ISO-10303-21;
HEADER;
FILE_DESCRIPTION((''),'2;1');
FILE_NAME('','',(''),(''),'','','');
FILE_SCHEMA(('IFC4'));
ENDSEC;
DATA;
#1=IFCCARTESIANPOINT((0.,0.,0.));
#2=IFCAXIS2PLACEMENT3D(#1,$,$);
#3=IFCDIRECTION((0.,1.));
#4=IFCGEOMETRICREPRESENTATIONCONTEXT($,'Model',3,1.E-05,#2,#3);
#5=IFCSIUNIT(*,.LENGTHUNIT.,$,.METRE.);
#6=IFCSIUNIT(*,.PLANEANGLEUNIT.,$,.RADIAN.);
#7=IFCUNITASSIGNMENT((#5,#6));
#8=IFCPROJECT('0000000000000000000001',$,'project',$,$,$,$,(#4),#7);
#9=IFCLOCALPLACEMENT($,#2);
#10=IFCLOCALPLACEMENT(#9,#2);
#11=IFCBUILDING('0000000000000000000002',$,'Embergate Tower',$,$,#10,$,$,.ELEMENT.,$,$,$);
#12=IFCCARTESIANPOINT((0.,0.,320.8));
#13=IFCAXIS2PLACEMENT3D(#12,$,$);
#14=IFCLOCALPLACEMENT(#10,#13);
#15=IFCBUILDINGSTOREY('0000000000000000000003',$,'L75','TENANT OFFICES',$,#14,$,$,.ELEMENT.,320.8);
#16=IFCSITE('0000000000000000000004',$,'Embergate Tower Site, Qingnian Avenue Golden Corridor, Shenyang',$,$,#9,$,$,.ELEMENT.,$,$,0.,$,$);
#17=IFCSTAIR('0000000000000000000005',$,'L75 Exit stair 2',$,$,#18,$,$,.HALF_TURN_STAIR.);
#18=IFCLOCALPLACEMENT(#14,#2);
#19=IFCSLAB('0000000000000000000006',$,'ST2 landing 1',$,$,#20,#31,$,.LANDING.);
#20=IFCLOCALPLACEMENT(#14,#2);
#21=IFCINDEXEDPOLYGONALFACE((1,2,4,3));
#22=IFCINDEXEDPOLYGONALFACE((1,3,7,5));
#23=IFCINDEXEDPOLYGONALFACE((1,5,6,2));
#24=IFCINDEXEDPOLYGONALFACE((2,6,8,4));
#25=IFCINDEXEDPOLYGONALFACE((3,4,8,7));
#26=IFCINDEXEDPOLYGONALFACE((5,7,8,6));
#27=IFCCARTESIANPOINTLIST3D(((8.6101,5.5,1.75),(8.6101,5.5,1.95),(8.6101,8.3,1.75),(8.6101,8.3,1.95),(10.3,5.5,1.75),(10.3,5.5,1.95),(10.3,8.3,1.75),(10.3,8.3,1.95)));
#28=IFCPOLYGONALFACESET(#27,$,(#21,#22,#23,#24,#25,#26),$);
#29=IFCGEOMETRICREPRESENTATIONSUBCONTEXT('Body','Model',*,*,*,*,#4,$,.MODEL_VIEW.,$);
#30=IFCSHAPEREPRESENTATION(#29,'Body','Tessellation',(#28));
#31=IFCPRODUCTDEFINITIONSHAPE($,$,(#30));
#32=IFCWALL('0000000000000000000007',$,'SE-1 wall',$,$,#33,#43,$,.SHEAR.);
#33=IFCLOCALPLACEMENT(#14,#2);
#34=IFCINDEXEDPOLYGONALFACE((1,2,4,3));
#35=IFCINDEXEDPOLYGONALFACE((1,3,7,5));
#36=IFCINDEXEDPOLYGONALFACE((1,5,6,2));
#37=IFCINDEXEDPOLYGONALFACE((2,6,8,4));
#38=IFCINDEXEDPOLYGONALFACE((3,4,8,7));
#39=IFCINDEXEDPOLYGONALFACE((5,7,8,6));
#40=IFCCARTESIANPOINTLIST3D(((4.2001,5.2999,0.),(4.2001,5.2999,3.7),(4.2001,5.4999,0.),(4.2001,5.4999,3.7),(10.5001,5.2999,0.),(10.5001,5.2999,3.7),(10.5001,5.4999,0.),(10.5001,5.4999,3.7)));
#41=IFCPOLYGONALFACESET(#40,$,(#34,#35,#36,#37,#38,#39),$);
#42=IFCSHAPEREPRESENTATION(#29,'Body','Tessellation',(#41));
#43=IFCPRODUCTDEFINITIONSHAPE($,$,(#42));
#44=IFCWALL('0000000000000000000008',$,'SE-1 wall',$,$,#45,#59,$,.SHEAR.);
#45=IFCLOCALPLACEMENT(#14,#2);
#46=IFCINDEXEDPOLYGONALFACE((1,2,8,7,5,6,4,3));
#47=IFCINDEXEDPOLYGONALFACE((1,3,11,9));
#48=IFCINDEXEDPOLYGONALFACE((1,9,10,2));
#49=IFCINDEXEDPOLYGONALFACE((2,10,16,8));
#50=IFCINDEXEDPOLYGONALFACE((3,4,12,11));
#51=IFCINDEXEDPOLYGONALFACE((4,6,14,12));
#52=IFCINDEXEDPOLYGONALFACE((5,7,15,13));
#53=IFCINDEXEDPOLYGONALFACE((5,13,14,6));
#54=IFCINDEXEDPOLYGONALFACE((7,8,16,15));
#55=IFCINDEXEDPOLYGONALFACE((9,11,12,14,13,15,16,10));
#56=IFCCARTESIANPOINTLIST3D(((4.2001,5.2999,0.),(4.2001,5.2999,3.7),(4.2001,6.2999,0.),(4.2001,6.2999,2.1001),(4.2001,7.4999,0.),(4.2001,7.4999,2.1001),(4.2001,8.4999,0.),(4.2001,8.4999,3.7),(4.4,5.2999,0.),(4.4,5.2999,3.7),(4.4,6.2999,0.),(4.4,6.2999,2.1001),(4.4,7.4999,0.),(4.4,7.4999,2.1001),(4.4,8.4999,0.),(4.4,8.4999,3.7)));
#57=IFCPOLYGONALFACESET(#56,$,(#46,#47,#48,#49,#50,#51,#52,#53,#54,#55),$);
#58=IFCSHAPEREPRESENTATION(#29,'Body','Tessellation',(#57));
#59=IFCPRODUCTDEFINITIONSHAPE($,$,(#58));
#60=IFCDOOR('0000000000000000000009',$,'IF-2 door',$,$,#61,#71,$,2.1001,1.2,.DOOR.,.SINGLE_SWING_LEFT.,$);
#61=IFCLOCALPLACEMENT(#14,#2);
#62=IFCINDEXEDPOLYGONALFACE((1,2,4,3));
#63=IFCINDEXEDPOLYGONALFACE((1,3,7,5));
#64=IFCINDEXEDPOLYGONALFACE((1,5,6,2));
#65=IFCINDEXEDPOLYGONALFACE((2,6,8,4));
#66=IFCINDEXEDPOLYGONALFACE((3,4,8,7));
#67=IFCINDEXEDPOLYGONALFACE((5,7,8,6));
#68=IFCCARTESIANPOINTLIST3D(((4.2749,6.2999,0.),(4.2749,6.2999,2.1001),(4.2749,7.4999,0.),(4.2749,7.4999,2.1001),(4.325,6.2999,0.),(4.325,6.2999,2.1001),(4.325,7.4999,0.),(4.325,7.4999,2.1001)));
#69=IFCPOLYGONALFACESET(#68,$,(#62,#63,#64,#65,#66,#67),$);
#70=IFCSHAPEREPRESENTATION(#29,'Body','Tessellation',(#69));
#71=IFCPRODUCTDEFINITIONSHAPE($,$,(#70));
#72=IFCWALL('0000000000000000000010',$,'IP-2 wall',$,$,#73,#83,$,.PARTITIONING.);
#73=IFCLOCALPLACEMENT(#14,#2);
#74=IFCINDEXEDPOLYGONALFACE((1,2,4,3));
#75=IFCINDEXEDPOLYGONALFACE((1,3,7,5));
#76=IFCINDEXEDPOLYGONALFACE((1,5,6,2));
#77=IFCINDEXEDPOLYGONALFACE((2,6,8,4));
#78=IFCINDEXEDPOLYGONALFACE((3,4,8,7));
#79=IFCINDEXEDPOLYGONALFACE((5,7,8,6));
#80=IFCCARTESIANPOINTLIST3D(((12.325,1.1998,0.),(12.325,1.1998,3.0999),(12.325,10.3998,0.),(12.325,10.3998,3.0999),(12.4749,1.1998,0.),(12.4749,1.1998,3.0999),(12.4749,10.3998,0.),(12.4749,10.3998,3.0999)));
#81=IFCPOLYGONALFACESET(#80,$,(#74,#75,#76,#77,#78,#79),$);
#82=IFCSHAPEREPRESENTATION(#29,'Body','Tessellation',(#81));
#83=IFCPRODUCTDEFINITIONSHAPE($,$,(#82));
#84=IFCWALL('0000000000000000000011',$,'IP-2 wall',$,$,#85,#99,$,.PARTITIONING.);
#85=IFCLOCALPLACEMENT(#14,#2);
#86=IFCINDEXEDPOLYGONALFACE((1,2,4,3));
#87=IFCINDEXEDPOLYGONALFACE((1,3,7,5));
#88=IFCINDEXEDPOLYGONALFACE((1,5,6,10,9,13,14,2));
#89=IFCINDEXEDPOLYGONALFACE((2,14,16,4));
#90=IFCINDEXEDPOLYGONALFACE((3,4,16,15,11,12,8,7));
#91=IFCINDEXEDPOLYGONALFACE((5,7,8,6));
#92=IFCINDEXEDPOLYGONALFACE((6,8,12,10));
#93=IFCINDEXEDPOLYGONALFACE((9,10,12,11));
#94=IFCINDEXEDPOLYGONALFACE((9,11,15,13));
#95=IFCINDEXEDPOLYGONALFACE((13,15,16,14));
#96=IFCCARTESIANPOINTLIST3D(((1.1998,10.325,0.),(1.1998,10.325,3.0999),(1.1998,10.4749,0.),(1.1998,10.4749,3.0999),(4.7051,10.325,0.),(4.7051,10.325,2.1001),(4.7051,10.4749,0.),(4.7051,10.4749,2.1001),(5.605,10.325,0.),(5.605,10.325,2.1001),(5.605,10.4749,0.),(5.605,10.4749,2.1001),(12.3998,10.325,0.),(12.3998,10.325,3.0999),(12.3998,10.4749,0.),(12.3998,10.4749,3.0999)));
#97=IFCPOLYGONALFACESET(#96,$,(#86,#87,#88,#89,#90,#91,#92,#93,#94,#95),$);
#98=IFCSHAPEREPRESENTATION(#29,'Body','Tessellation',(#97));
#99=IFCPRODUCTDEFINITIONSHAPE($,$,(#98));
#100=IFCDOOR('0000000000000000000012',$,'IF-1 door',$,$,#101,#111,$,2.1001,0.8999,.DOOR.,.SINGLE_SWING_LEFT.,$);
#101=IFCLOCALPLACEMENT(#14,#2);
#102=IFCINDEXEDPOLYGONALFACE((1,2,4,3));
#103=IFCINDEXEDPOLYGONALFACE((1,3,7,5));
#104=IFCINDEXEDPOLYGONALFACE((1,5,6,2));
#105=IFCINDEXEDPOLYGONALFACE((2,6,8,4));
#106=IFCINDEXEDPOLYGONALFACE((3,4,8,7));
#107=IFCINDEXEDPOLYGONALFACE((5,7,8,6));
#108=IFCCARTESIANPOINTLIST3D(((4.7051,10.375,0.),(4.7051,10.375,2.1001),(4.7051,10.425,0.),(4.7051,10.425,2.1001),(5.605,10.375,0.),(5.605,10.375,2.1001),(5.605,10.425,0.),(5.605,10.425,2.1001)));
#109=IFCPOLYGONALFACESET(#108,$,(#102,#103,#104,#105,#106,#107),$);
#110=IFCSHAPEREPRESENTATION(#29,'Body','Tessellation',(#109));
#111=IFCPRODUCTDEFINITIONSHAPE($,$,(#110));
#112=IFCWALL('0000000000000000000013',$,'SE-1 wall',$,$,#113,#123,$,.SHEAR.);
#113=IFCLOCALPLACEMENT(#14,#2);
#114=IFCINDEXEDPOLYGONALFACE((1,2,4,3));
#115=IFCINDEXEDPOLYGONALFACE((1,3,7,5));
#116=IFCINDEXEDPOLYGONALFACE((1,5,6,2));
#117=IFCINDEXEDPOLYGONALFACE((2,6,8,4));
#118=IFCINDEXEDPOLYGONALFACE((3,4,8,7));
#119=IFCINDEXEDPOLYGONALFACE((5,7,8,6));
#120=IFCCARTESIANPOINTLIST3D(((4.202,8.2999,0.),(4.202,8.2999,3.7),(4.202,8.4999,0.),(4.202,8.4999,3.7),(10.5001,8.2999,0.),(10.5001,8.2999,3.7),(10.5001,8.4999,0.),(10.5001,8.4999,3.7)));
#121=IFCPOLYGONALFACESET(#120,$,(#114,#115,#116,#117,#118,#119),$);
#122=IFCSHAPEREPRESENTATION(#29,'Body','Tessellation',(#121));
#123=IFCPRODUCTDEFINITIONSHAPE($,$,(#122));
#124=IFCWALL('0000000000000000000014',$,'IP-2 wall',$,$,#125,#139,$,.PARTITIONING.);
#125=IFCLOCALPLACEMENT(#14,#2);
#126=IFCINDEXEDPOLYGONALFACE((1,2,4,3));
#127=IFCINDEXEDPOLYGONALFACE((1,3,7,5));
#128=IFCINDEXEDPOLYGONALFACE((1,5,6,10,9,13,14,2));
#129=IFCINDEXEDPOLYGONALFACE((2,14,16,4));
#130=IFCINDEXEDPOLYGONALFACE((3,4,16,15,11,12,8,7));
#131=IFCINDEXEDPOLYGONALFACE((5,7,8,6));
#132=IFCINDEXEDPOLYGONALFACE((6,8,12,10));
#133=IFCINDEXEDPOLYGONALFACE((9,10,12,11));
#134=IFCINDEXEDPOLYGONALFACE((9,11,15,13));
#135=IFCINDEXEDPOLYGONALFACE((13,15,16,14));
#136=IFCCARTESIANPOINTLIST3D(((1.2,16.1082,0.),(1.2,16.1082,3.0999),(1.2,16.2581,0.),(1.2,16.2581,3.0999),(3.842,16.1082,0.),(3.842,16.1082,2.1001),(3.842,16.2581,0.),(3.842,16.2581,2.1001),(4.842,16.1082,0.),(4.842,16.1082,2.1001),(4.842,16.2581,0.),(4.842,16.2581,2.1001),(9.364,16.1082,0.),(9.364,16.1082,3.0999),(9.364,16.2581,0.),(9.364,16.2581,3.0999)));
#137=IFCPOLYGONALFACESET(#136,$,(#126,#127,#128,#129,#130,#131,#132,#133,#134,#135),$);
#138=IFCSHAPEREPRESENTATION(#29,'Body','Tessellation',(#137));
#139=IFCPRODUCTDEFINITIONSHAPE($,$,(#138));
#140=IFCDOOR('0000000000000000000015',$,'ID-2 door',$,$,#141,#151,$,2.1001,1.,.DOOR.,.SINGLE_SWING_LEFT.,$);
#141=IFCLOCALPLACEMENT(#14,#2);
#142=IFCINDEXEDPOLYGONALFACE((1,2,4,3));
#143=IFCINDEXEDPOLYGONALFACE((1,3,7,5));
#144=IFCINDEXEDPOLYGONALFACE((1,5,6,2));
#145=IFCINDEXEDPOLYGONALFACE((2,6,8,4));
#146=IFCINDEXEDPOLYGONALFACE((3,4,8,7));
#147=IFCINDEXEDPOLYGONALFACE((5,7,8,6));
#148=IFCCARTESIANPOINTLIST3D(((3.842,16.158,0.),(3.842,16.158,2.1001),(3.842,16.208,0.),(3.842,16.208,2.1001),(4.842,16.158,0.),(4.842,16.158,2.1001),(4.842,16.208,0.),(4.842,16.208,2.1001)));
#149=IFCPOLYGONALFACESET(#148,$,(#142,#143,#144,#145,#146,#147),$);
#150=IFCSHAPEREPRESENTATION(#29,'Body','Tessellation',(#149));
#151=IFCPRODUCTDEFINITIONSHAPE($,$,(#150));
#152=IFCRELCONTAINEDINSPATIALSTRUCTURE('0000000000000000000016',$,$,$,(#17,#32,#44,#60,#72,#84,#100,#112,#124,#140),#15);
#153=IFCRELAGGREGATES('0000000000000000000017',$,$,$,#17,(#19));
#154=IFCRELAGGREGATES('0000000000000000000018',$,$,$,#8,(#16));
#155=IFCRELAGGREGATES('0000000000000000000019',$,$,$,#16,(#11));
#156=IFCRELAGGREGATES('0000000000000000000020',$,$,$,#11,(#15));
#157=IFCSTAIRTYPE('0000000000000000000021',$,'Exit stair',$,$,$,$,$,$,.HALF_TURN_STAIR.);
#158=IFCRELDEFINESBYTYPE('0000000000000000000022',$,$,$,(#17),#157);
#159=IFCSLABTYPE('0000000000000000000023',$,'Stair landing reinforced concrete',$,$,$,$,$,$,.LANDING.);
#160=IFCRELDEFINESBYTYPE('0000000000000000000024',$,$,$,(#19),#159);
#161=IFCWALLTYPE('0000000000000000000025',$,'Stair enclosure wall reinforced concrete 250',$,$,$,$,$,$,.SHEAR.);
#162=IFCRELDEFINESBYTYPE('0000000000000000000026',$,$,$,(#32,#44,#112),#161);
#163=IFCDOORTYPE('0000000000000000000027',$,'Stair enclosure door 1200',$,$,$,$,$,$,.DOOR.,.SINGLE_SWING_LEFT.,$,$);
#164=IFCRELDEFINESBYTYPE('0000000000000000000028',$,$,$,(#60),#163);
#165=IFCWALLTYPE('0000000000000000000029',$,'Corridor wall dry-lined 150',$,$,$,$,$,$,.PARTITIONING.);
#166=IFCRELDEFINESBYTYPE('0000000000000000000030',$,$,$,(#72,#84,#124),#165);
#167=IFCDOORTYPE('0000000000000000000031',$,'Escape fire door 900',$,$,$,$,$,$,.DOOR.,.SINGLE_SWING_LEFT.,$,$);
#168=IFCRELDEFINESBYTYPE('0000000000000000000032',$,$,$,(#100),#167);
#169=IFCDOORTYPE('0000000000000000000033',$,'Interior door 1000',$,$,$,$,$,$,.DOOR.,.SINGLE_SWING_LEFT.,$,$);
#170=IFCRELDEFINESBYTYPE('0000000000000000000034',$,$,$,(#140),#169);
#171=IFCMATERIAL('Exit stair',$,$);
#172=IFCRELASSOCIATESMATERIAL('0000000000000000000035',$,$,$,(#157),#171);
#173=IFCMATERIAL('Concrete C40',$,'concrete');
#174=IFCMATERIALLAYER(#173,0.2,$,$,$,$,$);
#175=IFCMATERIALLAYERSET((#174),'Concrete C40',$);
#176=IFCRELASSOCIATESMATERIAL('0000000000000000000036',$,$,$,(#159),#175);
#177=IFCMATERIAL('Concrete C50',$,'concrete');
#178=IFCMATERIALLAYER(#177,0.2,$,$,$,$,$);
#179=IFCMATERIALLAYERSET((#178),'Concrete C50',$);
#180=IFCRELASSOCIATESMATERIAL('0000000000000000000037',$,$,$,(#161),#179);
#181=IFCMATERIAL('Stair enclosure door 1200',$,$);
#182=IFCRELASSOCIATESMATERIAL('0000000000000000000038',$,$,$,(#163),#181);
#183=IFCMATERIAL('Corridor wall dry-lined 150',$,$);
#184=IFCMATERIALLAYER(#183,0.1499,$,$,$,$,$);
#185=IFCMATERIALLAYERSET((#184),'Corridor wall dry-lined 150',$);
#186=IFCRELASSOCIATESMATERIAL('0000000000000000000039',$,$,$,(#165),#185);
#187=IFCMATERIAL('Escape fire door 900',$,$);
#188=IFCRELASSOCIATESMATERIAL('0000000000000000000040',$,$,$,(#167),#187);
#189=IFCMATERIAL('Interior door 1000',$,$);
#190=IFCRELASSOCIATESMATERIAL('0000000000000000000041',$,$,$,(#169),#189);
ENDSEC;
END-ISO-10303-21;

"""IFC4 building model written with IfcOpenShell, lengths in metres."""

from ifc_helpers import new_model, si_unit, direction, frame, frame_2d, origin, place, context, subcontext, project, spatial, polyline, rectangle, outline, extrude, source, transform, mapped, material, layer, layer_set, type_object, element, fill, aggregate, save


model = new_model("IFC4")

# Units and contexts
model_context = context("Model", 3, precision=1e-05, world=origin(), true_north=direction((0.0, 1.0)))
body_context = subcontext(model_context, "Body", "Model", "MODEL_VIEW")
ifc_project = project(units=[si_unit("LENGTHUNIT", "METRE"), si_unit("PLANEANGLEUNIT", "RADIAN")], contexts=[model_context])

# Site, building, storey
site_placement = place(None, origin())
site = spatial("IfcSite", under=ifc_project, at=site_placement, Name="Embergate Tower Site, Qingnian Avenue Golden Corridor, Shenyang", CompositionType="ELEMENT", RefElevation=0.0)
building_placement = place(site_placement, origin())
building = spatial("IfcBuilding", under=site, at=building_placement, Name="Embergate Tower", CompositionType="ELEMENT")
storey_placement = place(building_placement, frame((0.0, 0.0, 320.8)))
storey = spatial("IfcBuildingStorey", under=building, at=storey_placement, Name="L75", Description="TENANT OFFICES", CompositionType="ELEMENT", Elevation=320.8)

# Stair, slab
ifc_material_1 = material(Name="Exit stair")
stair_type = type_object("IfcStairType", Name="Exit stair", PredefinedType="HALF_TURN_STAIR", material=ifc_material_1)
stair_placement = place(storey_placement, origin())
stair = element("IfcStair", 1, at=stair_placement, inside=storey, type_object=stair_type, Name="L75 Exit stair 2", PredefinedType="HALF_TURN_STAIR")
ifc_material_2 = material(Name="Concrete C40", Category="concrete")
ifc_layer_1 = layer(ifc_material_2, 0.2)
ifc_layer_set_1 = layer_set([ifc_layer_1], Name="Concrete C40")
slab_type = type_object("IfcSlabType", Name="Stair landing reinforced concrete", PredefinedType="LANDING", material=ifc_layer_set_1)
shared_shape_1 = source(origin(), body_context, "Body", "SweptSolid", [
    extrude(outline(polyline([(0.0, 0.0), (1.6899, 0.0), (1.6899, 2.8), (0.0, 2.8), (0.0, 0.0)])), origin(), (0.0, 0.0, 1.0), 0.2),
])
slab_placement = place(storey_placement, frame((8.6101, 5.5, 1.75)))
slab = element("IfcSlab", 2, at=slab_placement, type_object=slab_type, Name="ST2 landing 1", PredefinedType="LANDING", context=body_context, shape_type="MappedRepresentation", body=[
    mapped(shared_shape_1, transform((0.0, 0.0, 0.0))),
])

# Wall
ifc_material_3 = material(Name="Concrete C50", Category="concrete")
ifc_layer_2 = layer(ifc_material_3, 0.2)
ifc_layer_set_2 = layer_set([ifc_layer_2], Name="Concrete C50")
wall_type_1 = type_object("IfcWallType", Name="Stair enclosure wall reinforced concrete 250", PredefinedType="SHEAR", material=ifc_layer_set_2)
shared_shape_2 = source(origin(), body_context, "Body", "SweptSolid", [
    extrude(rectangle(XDim=6.3, YDim=0.2, at=frame_2d((3.1499, 0.0))), origin(), (0.0, 0.0, 1.0), 3.7),
])
wall_1_placement = place(storey_placement, frame((10.5, 5.3999, 0.0), z_axis=(0.0, 0.0, 1.0), x_axis=(-1.0, 0.0, 0.0)))
element("IfcWall", 3, at=wall_1_placement, inside=storey, type_object=wall_type_1, Name="SE-1 wall", PredefinedType="SHEAR", context=body_context, shape_type="MappedRepresentation", body=[
    mapped(shared_shape_2, transform((0.0, 0.0, 0.0))),
])

# Wall, opening, door
shared_shape_3 = source(origin(), body_context, "Body", "SweptSolid", [
    extrude(rectangle(XDim=3.2, YDim=0.2, at=frame_2d((1.6001, 0.0))), origin(), (0.0, 0.0, 1.0), 3.7),
])
wall_2_placement = place(storey_placement, frame((4.3, 8.5, 0.0), z_axis=(0.0, 0.0, 1.0), x_axis=(0.0, -1.0, 0.0)))
wall_2 = element("IfcWall", 4, at=wall_2_placement, inside=storey, type_object=wall_type_1, Name="SE-1 wall", PredefinedType="SHEAR", context=body_context, shape_type="MappedRepresentation", body=[
    mapped(shared_shape_3, transform((0.0, 0.0, 0.0))),
])
shared_shape_4 = source(origin(), body_context, "Body", "SweptSolid", [
    extrude(rectangle(XDim=1.2, YDim=2.1001, at=frame_2d((0.6001, 1.05))), frame((0.0, 0.1099, 0.0), z_axis=(0.0, -1.0, 0.0), x_axis=(1.0, 0.0, 0.0)), (0.0, 0.0, 1.0), 0.22),
])
opening_1_placement = place(wall_2_placement, frame((1.0, 0.0, 0.0)))
opening_1 = element("IfcOpeningElement", 5, at=opening_1_placement, cuts=wall_2, PredefinedType="OPENING", context=body_context, shape_type="MappedRepresentation", body=[
    mapped(shared_shape_4, transform((0.0, 0.0, 0.0))),
])
ifc_material_4 = material(Name="Stair enclosure door 1200")
door_type_1 = type_object("IfcDoorType", Name="Stair enclosure door 1200", OperationType="SINGLE_SWING_LEFT", PredefinedType="DOOR", material=ifc_material_4)
shared_shape_5 = source(origin(), body_context, "Body", "SweptSolid", [
    extrude(rectangle(XDim=1.2, YDim=2.1001, at=frame_2d((0.6001, 1.05))), frame((0.0, 0.0249, 0.0), z_axis=(0.0, -1.0, 0.0), x_axis=(1.0, 0.0, 0.0)), (0.0, 0.0, 1.0), 0.05),
])
door_1_placement = place(opening_1_placement, origin())
door_1 = element("IfcDoor", 6, at=door_1_placement, inside=storey, type_object=door_type_1, Name="IF-2 door", OperationType="SINGLE_SWING_LEFT", OverallHeight=2.1001, OverallWidth=1.2, PredefinedType="DOOR", context=body_context, shape_type="MappedRepresentation", body=[
    mapped(shared_shape_5, transform((0.0, 0.0, 0.0))),
])
fill(opening_1, door_1)

# Wall
ifc_material_5 = material(Name="Corridor wall dry-lined 150")
ifc_layer_3 = layer(ifc_material_5, 0.1499)
ifc_layer_set_3 = layer_set([ifc_layer_3], Name="Corridor wall dry-lined 150")
wall_type_2 = type_object("IfcWallType", Name="Corridor wall dry-lined 150", PredefinedType="PARTITIONING", material=ifc_layer_set_3)
shared_shape_6 = source(origin(), body_context, "Body", "SweptSolid", [
    extrude(rectangle(XDim=9.2, YDim=0.1499, at=frame_2d((4.6001, 0.0))), origin(), (0.0, 0.0, 1.0), 3.0999),
])
wall_3_placement = place(storey_placement, frame((12.3999, 10.3999, 0.0), z_axis=(0.0, 0.0, 1.0), x_axis=(0.0, -1.0, 0.0)))
element("IfcWall", 7, at=wall_3_placement, inside=storey, type_object=wall_type_2, Name="IP-2 wall", PredefinedType="PARTITIONING", context=body_context, shape_type="MappedRepresentation", body=[
    mapped(shared_shape_6, transform((0.0, 0.0, 0.0))),
])

# Wall, opening, door
shared_shape_7 = source(origin(), body_context, "Body", "SweptSolid", [
    extrude(rectangle(XDim=11.2, YDim=0.1499, at=frame_2d((5.6001, 0.0))), origin(), (0.0, 0.0, 1.0), 3.0999),
])
wall_4_placement = place(storey_placement, frame((12.3999, 10.3999, 0.0), z_axis=(0.0, 0.0, 1.0), x_axis=(-1.0, 0.0, 0.0)))
wall_4 = element("IfcWall", 8, at=wall_4_placement, inside=storey, type_object=wall_type_2, Name="IP-2 wall", PredefinedType="PARTITIONING", context=body_context, shape_type="MappedRepresentation", body=[
    mapped(shared_shape_7, transform((0.0, 0.0, 0.0))),
])
shared_shape_8 = source(origin(), body_context, "Body", "SweptSolid", [
    extrude(rectangle(XDim=0.8999, YDim=2.1001, at=frame_2d((0.45, 1.05))), frame((0.0, 0.085, 0.0), z_axis=(0.0, -1.0, 0.0), x_axis=(1.0, 0.0, 0.0)), (0.0, 0.0, 1.0), 0.1699),
])
opening_2_placement = place(wall_4_placement, frame((6.7949, 0.0, 0.0)))
opening_2 = element("IfcOpeningElement", 9, at=opening_2_placement, cuts=wall_4, PredefinedType="OPENING", context=body_context, shape_type="MappedRepresentation", body=[
    mapped(shared_shape_8, transform((0.0, 0.0, 0.0))),
])
ifc_material_6 = material(Name="Escape fire door 900")
door_type_2 = type_object("IfcDoorType", Name="Escape fire door 900", OperationType="SINGLE_SWING_LEFT", PredefinedType="DOOR", material=ifc_material_6)
shared_shape_9 = source(origin(), body_context, "Body", "SweptSolid", [
    extrude(rectangle(XDim=0.8999, YDim=2.1001, at=frame_2d((0.45, 1.05))), frame((0.0, 0.0249, 0.0), z_axis=(0.0, -1.0, 0.0), x_axis=(1.0, 0.0, 0.0)), (0.0, 0.0, 1.0), 0.05),
])
door_2_placement = place(opening_2_placement, origin())
door_2 = element("IfcDoor", 10, at=door_2_placement, inside=storey, type_object=door_type_2, Name="IF-1 door", OperationType="SINGLE_SWING_LEFT", OverallHeight=2.1001, OverallWidth=0.8999, PredefinedType="DOOR", context=body_context, shape_type="MappedRepresentation", body=[
    mapped(shared_shape_9, transform((0.0, 0.0, 0.0))),
])
fill(opening_2, door_2)

# Wall
shared_shape_10 = source(origin(), body_context, "Body", "SweptSolid", [
    extrude(rectangle(XDim=6.2981, YDim=0.2, at=frame_2d((3.1489, 0.0))), origin(), (0.0, 0.0, 1.0), 3.7),
])
wall_5_placement = place(storey_placement, frame((10.5, 8.3999, 0.0), z_axis=(0.0, 0.0, 1.0), x_axis=(-1.0, 0.0, 0.0)))
element("IfcWall", 11, at=wall_5_placement, inside=storey, type_object=wall_type_1, Name="SE-1 wall", PredefinedType="SHEAR", context=body_context, shape_type="MappedRepresentation", body=[
    mapped(shared_shape_10, transform((0.0, 0.0, 0.0))),
])

# Wall, opening, door
shared_shape_11 = source(origin(), body_context, "Body", "SweptSolid", [
    extrude(rectangle(XDim=8.1641, YDim=0.1499, at=frame_2d((4.082, 0.0))), origin(), (0.0, 0.0, 1.0), 3.0999),
])
wall_6_placement = place(storey_placement, frame((1.2, 16.1831, 0.0), z_axis=(0.0, 0.0, 1.0), x_axis=(1.0, 0.0, 0.0)))
wall_6 = element("IfcWall", 12, at=wall_6_placement, inside=storey, type_object=wall_type_2, Name="IP-2 wall", PredefinedType="PARTITIONING", context=body_context, shape_type="MappedRepresentation", body=[
    mapped(shared_shape_11, transform((0.0, 0.0, 0.0))),
])
shared_shape_12 = source(origin(), body_context, "Body", "SweptSolid", [
    extrude(rectangle(XDim=1.0, YDim=2.1001, at=frame_2d((0.5, 1.05))), frame((0.0, 0.085, 0.0), z_axis=(0.0, -1.0, 0.0), x_axis=(1.0, 0.0, 0.0)), (0.0, 0.0, 1.0), 0.1699),
])
opening_3_placement = place(wall_6_placement, frame((2.6421, 0.0, 0.0)))
opening_3 = element("IfcOpeningElement", 13, at=opening_3_placement, cuts=wall_6, PredefinedType="OPENING", context=body_context, shape_type="MappedRepresentation", body=[
    mapped(shared_shape_12, transform((0.0, 0.0, 0.0))),
])
ifc_material_7 = material(Name="Interior door 1000")
door_type_3 = type_object("IfcDoorType", Name="Interior door 1000", OperationType="SINGLE_SWING_LEFT", PredefinedType="DOOR", material=ifc_material_7)
shared_shape_13 = source(origin(), body_context, "Body", "SweptSolid", [
    extrude(rectangle(XDim=1.0, YDim=2.1001, at=frame_2d((0.5, 1.05))), frame((0.0, 0.0249, 0.0), z_axis=(0.0, -1.0, 0.0), x_axis=(1.0, 0.0, 0.0)), (0.0, 0.0, 1.0), 0.05),
])
door_3_placement = place(opening_3_placement, origin())
door_3 = element("IfcDoor", 14, at=door_3_placement, inside=storey, type_object=door_type_3, Name="ID-2 door", OperationType="SINGLE_SWING_LEFT", OverallHeight=2.1001, OverallWidth=1.0, PredefinedType="DOOR", context=body_context, shape_type="MappedRepresentation", body=[
    mapped(shared_shape_13, transform((0.0, 0.0, 0.0))),
])
fill(opening_3, door_3)

aggregate(stair, [slab])

save(model, "model.ifc")
